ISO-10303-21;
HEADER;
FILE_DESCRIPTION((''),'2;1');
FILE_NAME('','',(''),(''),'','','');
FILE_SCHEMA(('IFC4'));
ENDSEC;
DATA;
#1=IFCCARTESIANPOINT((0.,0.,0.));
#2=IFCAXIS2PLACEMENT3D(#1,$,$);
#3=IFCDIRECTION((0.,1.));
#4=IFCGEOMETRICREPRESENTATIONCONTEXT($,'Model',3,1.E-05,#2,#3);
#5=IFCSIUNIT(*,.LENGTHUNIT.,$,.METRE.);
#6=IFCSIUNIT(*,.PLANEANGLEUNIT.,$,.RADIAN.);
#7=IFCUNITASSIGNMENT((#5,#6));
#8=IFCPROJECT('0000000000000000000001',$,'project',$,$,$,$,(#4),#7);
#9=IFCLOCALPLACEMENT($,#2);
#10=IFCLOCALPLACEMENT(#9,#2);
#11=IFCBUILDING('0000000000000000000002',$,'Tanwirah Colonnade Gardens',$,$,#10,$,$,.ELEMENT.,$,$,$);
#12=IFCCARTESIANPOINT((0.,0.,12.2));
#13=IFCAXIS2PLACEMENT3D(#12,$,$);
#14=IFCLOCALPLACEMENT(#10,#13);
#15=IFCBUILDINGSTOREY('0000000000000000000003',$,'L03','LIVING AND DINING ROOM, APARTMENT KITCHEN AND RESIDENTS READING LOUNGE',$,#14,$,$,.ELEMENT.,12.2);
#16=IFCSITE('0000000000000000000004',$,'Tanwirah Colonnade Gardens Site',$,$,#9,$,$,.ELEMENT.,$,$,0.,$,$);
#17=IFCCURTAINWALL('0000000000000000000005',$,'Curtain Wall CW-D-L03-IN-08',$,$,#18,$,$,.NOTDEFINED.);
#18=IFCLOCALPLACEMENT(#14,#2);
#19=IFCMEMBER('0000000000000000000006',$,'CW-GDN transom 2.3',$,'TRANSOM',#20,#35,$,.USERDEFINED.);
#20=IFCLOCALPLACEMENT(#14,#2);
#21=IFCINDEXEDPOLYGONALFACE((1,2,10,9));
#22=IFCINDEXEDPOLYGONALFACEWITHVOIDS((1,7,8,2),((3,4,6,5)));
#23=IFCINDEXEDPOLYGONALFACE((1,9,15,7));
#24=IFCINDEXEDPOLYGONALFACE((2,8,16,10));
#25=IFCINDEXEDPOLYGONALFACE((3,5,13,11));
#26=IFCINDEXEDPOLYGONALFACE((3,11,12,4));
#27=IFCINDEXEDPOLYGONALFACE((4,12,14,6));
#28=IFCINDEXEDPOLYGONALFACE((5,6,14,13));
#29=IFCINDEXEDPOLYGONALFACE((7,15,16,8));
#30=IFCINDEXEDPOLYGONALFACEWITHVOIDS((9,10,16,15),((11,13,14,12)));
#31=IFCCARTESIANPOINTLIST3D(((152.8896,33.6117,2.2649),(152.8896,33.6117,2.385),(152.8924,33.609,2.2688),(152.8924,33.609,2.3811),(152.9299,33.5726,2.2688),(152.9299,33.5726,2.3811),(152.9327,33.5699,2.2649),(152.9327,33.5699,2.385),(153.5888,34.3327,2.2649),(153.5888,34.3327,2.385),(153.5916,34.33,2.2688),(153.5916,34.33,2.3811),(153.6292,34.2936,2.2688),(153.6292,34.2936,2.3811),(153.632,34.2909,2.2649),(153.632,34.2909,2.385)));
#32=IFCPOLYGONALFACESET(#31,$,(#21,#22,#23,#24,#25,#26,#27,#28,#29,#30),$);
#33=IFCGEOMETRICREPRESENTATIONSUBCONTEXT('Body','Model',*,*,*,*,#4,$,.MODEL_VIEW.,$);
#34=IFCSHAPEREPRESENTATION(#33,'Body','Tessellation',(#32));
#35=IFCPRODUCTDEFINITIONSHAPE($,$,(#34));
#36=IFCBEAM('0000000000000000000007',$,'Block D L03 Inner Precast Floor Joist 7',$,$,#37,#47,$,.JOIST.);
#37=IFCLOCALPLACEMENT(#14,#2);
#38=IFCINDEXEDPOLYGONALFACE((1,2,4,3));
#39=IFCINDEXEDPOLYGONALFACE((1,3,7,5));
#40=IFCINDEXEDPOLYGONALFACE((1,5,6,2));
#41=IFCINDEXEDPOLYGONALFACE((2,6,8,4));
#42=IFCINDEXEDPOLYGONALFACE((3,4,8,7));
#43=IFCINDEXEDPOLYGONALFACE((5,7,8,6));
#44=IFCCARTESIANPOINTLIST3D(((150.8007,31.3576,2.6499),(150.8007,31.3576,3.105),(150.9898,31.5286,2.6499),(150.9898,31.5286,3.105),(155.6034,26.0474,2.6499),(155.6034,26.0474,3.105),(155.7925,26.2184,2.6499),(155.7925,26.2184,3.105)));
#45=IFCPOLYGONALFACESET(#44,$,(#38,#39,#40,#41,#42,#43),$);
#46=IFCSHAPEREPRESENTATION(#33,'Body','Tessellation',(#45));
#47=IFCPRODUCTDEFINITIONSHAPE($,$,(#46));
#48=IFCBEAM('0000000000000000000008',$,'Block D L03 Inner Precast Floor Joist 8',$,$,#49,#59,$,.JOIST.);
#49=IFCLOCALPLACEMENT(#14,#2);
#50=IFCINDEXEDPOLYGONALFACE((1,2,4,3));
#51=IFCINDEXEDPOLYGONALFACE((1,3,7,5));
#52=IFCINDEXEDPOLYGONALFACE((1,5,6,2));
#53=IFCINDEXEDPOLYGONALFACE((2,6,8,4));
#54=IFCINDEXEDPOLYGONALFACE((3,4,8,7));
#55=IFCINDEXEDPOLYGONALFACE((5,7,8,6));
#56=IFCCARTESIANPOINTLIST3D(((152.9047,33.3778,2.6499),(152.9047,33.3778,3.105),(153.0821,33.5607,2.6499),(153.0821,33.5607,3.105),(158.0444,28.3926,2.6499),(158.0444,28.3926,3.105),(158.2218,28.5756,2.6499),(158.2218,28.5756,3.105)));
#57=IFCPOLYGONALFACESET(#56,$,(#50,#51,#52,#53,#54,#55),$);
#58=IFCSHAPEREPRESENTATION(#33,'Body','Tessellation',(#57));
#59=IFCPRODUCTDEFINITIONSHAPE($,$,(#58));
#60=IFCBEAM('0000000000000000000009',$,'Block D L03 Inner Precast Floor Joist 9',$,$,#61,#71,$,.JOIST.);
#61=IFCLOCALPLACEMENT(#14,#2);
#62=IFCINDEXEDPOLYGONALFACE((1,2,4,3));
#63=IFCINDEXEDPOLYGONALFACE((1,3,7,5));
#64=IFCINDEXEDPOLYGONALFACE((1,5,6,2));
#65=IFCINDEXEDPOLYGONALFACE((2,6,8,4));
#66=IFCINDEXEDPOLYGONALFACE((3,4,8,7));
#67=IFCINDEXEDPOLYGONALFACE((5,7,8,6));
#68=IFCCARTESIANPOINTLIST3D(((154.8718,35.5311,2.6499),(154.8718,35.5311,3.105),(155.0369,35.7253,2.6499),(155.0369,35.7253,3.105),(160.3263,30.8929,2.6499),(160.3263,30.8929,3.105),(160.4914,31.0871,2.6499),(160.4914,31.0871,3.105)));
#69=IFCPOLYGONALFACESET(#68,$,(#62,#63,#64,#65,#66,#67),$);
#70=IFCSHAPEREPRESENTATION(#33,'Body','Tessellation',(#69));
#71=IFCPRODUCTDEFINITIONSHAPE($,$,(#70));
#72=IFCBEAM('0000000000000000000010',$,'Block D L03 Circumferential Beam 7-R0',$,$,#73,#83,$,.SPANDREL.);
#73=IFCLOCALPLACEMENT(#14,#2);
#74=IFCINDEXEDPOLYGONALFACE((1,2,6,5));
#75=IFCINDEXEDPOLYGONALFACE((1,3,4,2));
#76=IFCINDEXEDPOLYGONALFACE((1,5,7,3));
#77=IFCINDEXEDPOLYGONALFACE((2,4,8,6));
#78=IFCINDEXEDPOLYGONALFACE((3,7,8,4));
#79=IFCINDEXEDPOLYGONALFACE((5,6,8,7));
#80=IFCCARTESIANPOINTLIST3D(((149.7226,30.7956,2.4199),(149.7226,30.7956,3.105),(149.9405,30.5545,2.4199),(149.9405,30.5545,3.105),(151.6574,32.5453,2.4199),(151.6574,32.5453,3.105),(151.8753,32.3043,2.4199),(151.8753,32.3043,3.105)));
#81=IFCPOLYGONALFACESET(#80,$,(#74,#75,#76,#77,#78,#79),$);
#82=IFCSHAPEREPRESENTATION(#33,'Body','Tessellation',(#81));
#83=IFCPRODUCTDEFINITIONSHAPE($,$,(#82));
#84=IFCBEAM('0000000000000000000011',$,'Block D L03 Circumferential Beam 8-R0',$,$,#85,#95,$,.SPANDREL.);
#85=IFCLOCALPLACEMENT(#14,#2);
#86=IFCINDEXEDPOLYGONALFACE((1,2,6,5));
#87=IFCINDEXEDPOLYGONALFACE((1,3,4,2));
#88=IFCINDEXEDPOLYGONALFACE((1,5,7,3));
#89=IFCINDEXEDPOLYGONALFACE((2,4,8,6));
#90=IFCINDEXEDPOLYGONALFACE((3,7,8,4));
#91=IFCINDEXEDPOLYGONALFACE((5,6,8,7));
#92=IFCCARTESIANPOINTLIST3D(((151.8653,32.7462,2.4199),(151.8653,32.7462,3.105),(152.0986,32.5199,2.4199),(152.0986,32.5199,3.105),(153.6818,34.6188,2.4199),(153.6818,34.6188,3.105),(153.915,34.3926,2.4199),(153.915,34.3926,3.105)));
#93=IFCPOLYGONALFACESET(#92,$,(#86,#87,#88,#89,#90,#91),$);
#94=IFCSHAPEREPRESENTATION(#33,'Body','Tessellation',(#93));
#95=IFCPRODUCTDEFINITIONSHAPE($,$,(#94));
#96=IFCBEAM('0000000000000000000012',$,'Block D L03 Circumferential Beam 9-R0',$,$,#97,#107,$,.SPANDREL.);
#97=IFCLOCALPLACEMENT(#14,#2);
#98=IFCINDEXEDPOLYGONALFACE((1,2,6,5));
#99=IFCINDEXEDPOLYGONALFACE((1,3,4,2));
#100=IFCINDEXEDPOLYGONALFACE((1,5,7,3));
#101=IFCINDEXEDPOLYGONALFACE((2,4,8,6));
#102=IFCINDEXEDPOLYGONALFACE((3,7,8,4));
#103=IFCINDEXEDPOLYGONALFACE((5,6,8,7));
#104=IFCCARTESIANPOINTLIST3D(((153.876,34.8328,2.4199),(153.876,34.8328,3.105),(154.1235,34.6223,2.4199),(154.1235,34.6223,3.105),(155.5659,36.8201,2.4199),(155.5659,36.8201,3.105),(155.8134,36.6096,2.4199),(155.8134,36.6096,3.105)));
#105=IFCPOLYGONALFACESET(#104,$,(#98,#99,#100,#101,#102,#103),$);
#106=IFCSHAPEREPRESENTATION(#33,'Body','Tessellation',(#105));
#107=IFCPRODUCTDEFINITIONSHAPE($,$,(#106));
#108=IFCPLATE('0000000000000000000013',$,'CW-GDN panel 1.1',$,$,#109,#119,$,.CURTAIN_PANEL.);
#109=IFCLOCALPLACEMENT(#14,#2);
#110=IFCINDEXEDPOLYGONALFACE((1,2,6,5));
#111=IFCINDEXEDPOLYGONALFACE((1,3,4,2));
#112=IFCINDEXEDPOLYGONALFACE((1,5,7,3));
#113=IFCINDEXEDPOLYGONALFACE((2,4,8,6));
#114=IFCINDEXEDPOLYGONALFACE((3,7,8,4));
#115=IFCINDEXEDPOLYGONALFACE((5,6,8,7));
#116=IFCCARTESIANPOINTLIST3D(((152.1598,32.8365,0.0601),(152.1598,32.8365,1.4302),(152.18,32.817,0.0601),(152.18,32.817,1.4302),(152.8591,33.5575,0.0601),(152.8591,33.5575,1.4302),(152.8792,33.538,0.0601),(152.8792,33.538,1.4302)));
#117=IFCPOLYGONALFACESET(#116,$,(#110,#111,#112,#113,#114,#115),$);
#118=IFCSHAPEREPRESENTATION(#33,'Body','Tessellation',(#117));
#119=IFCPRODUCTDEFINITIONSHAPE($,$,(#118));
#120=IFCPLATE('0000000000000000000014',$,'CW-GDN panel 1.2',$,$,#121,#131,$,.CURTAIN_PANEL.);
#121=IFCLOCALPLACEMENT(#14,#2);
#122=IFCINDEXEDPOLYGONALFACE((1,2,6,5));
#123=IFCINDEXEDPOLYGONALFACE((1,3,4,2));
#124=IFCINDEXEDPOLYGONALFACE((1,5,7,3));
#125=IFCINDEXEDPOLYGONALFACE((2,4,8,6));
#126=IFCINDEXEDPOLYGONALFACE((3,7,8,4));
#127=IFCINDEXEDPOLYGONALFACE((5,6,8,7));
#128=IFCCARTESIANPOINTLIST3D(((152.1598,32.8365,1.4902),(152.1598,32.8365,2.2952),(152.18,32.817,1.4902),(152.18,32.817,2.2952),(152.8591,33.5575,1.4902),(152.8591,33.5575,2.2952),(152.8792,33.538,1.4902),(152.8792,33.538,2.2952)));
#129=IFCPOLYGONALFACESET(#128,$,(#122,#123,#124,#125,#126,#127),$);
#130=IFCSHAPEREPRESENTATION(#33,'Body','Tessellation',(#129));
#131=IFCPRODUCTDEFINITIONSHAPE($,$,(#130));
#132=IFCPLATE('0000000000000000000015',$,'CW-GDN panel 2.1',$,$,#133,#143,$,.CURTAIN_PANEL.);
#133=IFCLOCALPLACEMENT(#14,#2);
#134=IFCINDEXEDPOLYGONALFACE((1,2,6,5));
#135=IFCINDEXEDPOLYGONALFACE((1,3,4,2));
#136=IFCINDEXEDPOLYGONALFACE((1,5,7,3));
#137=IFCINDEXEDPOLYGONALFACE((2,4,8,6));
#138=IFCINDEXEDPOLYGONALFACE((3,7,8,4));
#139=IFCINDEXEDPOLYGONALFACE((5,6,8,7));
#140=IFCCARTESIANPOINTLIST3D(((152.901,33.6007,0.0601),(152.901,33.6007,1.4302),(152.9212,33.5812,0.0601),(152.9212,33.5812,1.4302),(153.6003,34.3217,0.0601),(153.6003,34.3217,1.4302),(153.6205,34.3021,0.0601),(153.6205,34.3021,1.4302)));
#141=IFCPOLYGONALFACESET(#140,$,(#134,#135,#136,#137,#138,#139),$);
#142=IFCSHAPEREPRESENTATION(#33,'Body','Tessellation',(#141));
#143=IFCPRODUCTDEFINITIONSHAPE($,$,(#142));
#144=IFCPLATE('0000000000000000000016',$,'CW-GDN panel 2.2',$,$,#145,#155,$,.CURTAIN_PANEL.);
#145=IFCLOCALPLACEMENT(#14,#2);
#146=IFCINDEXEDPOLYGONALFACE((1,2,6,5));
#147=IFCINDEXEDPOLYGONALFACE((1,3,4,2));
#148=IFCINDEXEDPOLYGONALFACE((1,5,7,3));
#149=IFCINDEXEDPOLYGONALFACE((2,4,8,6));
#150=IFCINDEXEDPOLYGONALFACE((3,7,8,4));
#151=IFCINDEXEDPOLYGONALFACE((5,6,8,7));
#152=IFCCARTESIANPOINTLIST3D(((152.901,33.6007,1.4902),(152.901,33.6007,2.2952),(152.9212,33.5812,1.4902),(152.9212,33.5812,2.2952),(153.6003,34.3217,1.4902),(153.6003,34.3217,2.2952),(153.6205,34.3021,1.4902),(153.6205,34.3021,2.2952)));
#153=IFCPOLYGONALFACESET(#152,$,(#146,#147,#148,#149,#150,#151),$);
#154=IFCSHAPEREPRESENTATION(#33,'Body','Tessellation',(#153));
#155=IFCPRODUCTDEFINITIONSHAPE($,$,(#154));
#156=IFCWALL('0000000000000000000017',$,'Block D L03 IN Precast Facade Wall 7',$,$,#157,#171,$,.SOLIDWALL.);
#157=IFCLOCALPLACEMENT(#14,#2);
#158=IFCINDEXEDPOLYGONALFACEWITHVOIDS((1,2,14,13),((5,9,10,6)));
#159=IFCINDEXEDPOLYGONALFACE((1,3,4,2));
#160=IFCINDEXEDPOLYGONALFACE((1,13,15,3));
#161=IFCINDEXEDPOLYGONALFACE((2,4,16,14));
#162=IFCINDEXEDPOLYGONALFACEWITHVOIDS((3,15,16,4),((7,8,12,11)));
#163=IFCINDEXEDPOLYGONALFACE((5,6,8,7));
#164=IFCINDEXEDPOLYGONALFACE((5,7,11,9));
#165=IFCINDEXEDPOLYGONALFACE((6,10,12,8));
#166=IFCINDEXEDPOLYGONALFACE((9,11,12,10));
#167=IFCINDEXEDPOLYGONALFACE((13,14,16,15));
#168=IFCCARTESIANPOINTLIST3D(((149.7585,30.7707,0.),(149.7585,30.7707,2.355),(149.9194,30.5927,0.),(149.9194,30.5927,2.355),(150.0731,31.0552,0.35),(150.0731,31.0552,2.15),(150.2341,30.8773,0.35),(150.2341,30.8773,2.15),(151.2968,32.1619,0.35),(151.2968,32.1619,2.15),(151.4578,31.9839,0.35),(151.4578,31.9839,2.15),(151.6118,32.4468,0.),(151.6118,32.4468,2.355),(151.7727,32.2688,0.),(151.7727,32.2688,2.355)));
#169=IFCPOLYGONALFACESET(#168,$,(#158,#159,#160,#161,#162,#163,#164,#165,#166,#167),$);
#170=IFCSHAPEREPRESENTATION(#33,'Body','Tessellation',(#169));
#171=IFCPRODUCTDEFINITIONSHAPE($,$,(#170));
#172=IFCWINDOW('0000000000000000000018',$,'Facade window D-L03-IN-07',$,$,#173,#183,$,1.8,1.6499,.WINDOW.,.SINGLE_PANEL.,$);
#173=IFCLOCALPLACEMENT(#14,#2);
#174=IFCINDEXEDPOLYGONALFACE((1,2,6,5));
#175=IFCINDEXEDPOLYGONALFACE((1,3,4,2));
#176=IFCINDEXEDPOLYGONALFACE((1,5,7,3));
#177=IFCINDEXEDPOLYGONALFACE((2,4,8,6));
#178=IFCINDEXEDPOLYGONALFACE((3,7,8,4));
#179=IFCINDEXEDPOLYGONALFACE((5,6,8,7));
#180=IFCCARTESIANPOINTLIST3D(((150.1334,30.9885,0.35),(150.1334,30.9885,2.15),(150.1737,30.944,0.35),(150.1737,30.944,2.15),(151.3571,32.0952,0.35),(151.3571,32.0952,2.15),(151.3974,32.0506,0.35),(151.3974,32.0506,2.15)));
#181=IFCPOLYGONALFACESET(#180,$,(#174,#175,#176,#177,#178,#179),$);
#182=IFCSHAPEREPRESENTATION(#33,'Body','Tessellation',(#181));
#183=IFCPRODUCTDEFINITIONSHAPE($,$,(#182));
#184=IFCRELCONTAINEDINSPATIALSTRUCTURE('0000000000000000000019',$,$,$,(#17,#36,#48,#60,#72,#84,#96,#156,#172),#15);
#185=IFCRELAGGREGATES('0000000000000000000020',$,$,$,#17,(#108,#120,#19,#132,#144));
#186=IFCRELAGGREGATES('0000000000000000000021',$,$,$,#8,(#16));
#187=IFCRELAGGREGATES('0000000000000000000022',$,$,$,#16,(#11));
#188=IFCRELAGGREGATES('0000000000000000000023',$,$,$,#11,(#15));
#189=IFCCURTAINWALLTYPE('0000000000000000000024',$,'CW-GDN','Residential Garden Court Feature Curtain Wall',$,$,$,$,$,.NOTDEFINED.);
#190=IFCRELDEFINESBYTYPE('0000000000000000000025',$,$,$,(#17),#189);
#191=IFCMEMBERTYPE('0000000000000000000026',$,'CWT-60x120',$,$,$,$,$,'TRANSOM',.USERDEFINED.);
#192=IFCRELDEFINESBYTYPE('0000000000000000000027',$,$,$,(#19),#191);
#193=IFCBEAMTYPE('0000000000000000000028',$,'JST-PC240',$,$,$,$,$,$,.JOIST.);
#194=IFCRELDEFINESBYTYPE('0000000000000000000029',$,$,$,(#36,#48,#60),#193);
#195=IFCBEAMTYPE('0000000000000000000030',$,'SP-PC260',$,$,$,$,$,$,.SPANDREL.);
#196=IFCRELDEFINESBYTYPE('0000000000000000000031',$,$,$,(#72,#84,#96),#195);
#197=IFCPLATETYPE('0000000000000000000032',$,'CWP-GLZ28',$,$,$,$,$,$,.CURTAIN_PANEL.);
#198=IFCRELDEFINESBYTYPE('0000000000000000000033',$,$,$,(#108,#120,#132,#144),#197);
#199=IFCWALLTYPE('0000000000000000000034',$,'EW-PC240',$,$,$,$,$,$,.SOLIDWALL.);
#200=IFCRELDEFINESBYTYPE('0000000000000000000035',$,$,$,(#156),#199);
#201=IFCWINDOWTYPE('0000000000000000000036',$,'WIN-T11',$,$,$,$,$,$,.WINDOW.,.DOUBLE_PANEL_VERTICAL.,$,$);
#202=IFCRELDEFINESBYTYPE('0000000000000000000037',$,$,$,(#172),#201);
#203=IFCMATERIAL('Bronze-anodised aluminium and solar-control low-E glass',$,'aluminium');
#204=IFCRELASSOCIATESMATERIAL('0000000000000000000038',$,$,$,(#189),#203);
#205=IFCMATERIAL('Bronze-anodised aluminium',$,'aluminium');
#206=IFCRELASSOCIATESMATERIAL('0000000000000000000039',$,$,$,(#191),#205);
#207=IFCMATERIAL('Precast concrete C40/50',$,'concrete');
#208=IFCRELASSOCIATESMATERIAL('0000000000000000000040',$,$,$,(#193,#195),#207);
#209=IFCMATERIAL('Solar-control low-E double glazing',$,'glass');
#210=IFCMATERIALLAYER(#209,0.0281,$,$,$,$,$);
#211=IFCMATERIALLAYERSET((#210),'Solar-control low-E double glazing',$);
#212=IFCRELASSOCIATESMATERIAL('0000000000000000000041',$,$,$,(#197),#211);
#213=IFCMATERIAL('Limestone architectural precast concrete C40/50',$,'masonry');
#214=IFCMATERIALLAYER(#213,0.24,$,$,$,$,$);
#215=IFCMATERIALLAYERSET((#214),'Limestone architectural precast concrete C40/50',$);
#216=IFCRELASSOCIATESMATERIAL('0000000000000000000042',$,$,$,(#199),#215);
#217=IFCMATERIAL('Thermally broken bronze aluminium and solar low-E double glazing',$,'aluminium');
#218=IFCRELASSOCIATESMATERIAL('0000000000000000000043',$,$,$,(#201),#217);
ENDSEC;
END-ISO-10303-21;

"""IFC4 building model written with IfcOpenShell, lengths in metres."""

from ifc_helpers import new_model, si_unit, direction, frame, frame_2d, origin, origin_2d, place, context, subcontext, project, spatial, rectangle, hollow_rectangle, extrude, material, layer, layer_set, material_profile, profile_set, type_object, element, fill, aggregate, save


model = new_model("IFC4")

# Units and contexts
model_context = context("Model", 3, precision=1e-05, world=origin(), true_north=direction((0.0, 1.0)))
body_context = subcontext(model_context, "Body", "Model", "MODEL_VIEW")
ifc_project = project(units=[si_unit("LENGTHUNIT", "METRE"), si_unit("PLANEANGLEUNIT", "RADIAN")], contexts=[model_context])

# Site, building, storey
site_placement = place(None, origin())
site = spatial("IfcSite", under=ifc_project, at=site_placement, Name="Tanwirah Colonnade Gardens Site", CompositionType="ELEMENT", RefElevation=0.0)
building_placement = place(site_placement, origin())
building = spatial("IfcBuilding", under=site, at=building_placement, Name="Tanwirah Colonnade Gardens", CompositionType="ELEMENT")
storey_placement = place(building_placement, frame((0.0, 0.0, 12.2)))
storey = spatial("IfcBuildingStorey", under=building, at=storey_placement, Name="L03", Description="LIVING AND DINING ROOM, APARTMENT KITCHEN AND RESIDENTS READING LOUNGE", CompositionType="ELEMENT", Elevation=12.2)

# Shared definitions
ifc_material_1 = material(Name="Precast concrete C40/50", Category="concrete")

# Curtain wall, member
ifc_material_2 = material(Name="Bronze-anodised aluminium and solar-control low-E glass", Category="aluminium")
curtain_wall_type = type_object("IfcCurtainWallType", Name="CW-GDN", Description="Residential Garden Court Feature Curtain Wall", PredefinedType="NOTDEFINED", material=ifc_material_2)
curtain_wall_placement = place(storey_placement, origin())
curtain_wall = element("IfcCurtainWall", 1, at=curtain_wall_placement, inside=storey, type_object=curtain_wall_type, Name="Curtain Wall CW-D-L03-IN-08", PredefinedType="NOTDEFINED")
ifc_material_3 = material(Name="Bronze-anodised aluminium", Category="aluminium")
ifc_material_profile_1 = material_profile(ifc_material_3, hollow_rectangle(XDim=0.0601, YDim=0.1201, WallThickness=0.0039, at=origin_2d()), Name="CW-TRN 60x120x4")
ifc_profile_set_1 = profile_set([ifc_material_profile_1], Name="Bronze-anodised aluminium")
member_type_1 = type_object("IfcMemberType", Name="CWT-60x120", ElementType="TRANSOM", PredefinedType="USERDEFINED", material=ifc_profile_set_1)
member_1_placement = place(storey_placement, frame((152.9111, 33.5908, 2.325), z_axis=(0.696207, 0.717841, 0.0), x_axis=(-0.717841, 0.696207, 0.0)))
member_1 = element("IfcMember", 2, at=member_1_placement, type_object=member_type_1, Name="CW-GDN transom 2.3", ObjectType="TRANSOM", PredefinedType="USERDEFINED", context=body_context, shape_type="SweptSolid", body=[
    extrude(hollow_rectangle(XDim=0.0601, YDim=0.1201, WallThickness=0.0039, at=origin_2d()), origin(), (0.0, 0.0, 1.0), 1.0044),
])

# Beams
ifc_material_profile_2 = material_profile(ifc_material_1, rectangle(XDim=0.2549, YDim=0.4551, at=origin_2d()), Name="PC-JST 255x455")
ifc_profile_set_2 = profile_set([ifc_material_profile_2], Name="Precast concrete C40/50")
beam_type_1 = type_object("IfcBeamType", Name="JST-PC240", PredefinedType="JOIST", material=ifc_profile_set_2)
beam_1_placement = place(storey_placement, frame((150.8953, 31.4431, 2.8774), z_axis=(0.670773, -0.741663, 0.0), x_axis=(0.741663, 0.670773, 0.0)))
element("IfcBeam", 3, at=beam_1_placement, inside=storey, type_object=beam_type_1, Name="Block D L03 Inner Precast Floor Joist 7", PredefinedType="JOIST", context=body_context, shape_type="SweptSolid", body=[
    extrude(rectangle(XDim=0.2549, YDim=0.4551, at=origin_2d()), origin(), (0.0, 0.0, 1.0), 7.1599),
])
beam_2_placement = place(storey_placement, frame((152.9934, 33.4692, 2.8774), z_axis=(0.717816, -0.696233, 0.0), x_axis=(0.696233, 0.717816, 0.0)))
element("IfcBeam", 4, at=beam_2_placement, inside=storey, type_object=beam_type_1, Name="Block D L03 Inner Precast Floor Joist 8", PredefinedType="JOIST", context=body_context, shape_type="SweptSolid", body=[
    extrude(rectangle(XDim=0.2549, YDim=0.4551, at=origin_2d()), origin(), (0.0, 0.0, 1.0), 7.1602),
])
beam_3_placement = place(storey_placement, frame((154.9543, 35.6282, 2.8774), z_axis=(0.761816, -0.647793, 0.0), x_axis=(0.647793, 0.761816, 0.0)))
element("IfcBeam", 5, at=beam_3_placement, inside=storey, type_object=beam_type_1, Name="Block D L03 Inner Precast Floor Joist 9", PredefinedType="JOIST", context=body_context, shape_type="SweptSolid", body=[
    extrude(rectangle(XDim=0.2549, YDim=0.4551, at=origin_2d()), origin(), (0.0, 0.0, 1.0), 7.1599),
])
ifc_material_profile_3 = material_profile(ifc_material_1, rectangle(XDim=0.325, YDim=0.6851, at=origin_2d()), Name="PC-SP 325x685")
ifc_profile_set_3 = profile_set([ifc_material_profile_3], Name="Precast concrete C40/50")
beam_type_2 = type_object("IfcBeamType", Name="SP-PC260", PredefinedType="SPANDREL", material=ifc_profile_set_3)
beam_4_placement = place(storey_placement, frame((149.8315, 30.675, 2.7625), z_axis=(0.741687, 0.670747, 0.0), x_axis=(-0.670747, 0.741687, 0.0)))
element("IfcBeam", 6, at=beam_4_placement, inside=storey, type_object=beam_type_2, Name="Block D L03 Circumferential Beam 7-R0", PredefinedType="SPANDREL", context=body_context, shape_type="SweptSolid", body=[
    extrude(rectangle(XDim=0.325, YDim=0.6851, at=origin_2d()), origin(), (0.0, 0.0, 1.0), 2.6086),
])
beam_5_placement = place(storey_placement, frame((151.9819, 32.6331, 2.7625), z_axis=(0.696263, 0.717787, 0.0), x_axis=(-0.717787, 0.696263, 0.0)))
element("IfcBeam", 7, at=beam_5_placement, inside=storey, type_object=beam_type_2, Name="Block D L03 Circumferential Beam 8-R0", PredefinedType="SPANDREL", context=body_context, shape_type="SweptSolid", body=[
    extrude(rectangle(XDim=0.325, YDim=0.6851, at=origin_2d()), origin(), (0.0, 0.0, 1.0), 2.6089),
])
beam_6_placement = place(storey_placement, frame((153.9998, 34.7275, 2.7625), z_axis=(0.647811, 0.761801, 0.0), x_axis=(-0.761801, 0.647811, 0.0)))
element("IfcBeam", 8, at=beam_6_placement, inside=storey, type_object=beam_type_2, Name="Block D L03 Circumferential Beam 9-R0", PredefinedType="SPANDREL", context=body_context, shape_type="SweptSolid", body=[
    extrude(rectangle(XDim=0.325, YDim=0.6851, at=origin_2d()), origin(), (0.0, 0.0, 1.0), 2.6086),
])

# Plates
ifc_material_4 = material(Name="Solar-control low-E double glazing", Category="glass")
ifc_layer_1 = layer(ifc_material_4, 0.0281)
ifc_layer_set_1 = layer_set([ifc_layer_1], Name="Solar-control low-E double glazing")
plate_type = type_object("IfcPlateType", Name="CWP-GLZ28", PredefinedType="CURTAIN_PANEL", material=ifc_layer_set_1)
plate_1_placement = place(storey_placement, frame((152.5195, 33.1873, 0.0601), z_axis=(0.0, 0.0, 1.0), x_axis=(0.696223, 0.717825, 0.0)))
plate_1 = element("IfcPlate", 9, at=plate_1_placement, type_object=plate_type, Name="CW-GDN panel 1.1", PredefinedType="CURTAIN_PANEL", context=body_context, shape_type="SweptSolid", body=[
    extrude(rectangle(XDim=1.0044, YDim=0.0281, at=origin_2d()), origin(), (0.0, 0.0, 1.0), 1.3701),
])
plate_2_placement = place(storey_placement, frame((152.5195, 33.1873, 1.4902), z_axis=(0.0, 0.0, 1.0), x_axis=(0.696223, 0.717825, 0.0)))
plate_2 = element("IfcPlate", 10, at=plate_2_placement, type_object=plate_type, Name="CW-GDN panel 1.2", PredefinedType="CURTAIN_PANEL", context=body_context, shape_type="SweptSolid", body=[
    extrude(rectangle(XDim=1.0044, YDim=0.0281, at=origin_2d()), origin(), (0.0, 0.0, 1.0), 0.8049),
])
plate_3_placement = place(storey_placement, frame((153.2607, 33.9514, 0.0601), z_axis=(0.0, 0.0, 1.0), x_axis=(0.696223, 0.717825, 0.0)))
plate_3 = element("IfcPlate", 11, at=plate_3_placement, type_object=plate_type, Name="CW-GDN panel 2.1", PredefinedType="CURTAIN_PANEL", context=body_context, shape_type="SweptSolid", body=[
    extrude(rectangle(XDim=1.0044, YDim=0.0281, at=origin_2d()), origin(), (0.0, 0.0, 1.0), 1.3701),
])
plate_4_placement = place(storey_placement, frame((153.2607, 33.9514, 1.4902), z_axis=(0.0, 0.0, 1.0), x_axis=(0.696223, 0.717825, 0.0)))
plate_4 = element("IfcPlate", 12, at=plate_4_placement, type_object=plate_type, Name="CW-GDN panel 2.2", PredefinedType="CURTAIN_PANEL", context=body_context, shape_type="SweptSolid", body=[
    extrude(rectangle(XDim=1.0044, YDim=0.0281, at=origin_2d()), origin(), (0.0, 0.0, 1.0), 0.8049),
])
aggregate(curtain_wall, [plate_1, plate_2, member_1, plate_3, plate_4])

# Wall, opening, window
ifc_material_5 = material(Name="Limestone architectural precast concrete C40/50", Category="masonry")
ifc_layer_2 = layer(ifc_material_5, 0.24)
ifc_layer_set_2 = layer_set([ifc_layer_2], Name="Limestone architectural precast concrete C40/50")
wall_type_1 = type_object("IfcWallType", Name="EW-PC240", PredefinedType="SOLIDWALL", material=ifc_layer_set_2)
wall_1_placement = place(storey_placement, frame((149.8389, 30.6816, 0.0), z_axis=(0.0, 0.0, 1.0), x_axis=(0.741684, 0.67075, 0.0)))
wall_1 = element("IfcWall", 13, at=wall_1_placement, inside=storey, type_object=wall_type_1, Name="Block D L03 IN Precast Facade Wall 7", PredefinedType="SOLIDWALL", context=body_context, shape_type="SweptSolid", body=[
    extrude(rectangle(XDim=2.4988, YDim=0.24, at=frame_2d((1.2495, 0.0))), origin(), (0.0, 0.0, 1.0), 2.355),
])
opening_1_placement = place(wall_1_placement, frame((0.4243, 0.0, 0.3501)))
opening_1 = element("IfcOpeningElement", 14, at=opening_1_placement, cuts=wall_1, PredefinedType="OPENING", context=body_context, shape_type="SweptSolid", body=[
    extrude(rectangle(XDim=1.6499, YDim=1.8, at=frame_2d((0.825, 0.8999))), frame((0.0, 0.1299, 0.0), z_axis=(0.0, -1.0, 0.0), x_axis=(1.0, 0.0, 0.0)), (0.0, 0.0, 1.0), 0.26),
])
ifc_material_6 = material(Name="Thermally broken bronze aluminium and solar low-E double glazing", Category="aluminium")
window_type = type_object("IfcWindowType", Name="WIN-T11", PartitioningType="DOUBLE_PANEL_VERTICAL", PredefinedType="WINDOW", material=ifc_material_6)
window_placement = place(opening_1_placement, origin())
window = element("IfcWindow", 15, at=window_placement, inside=storey, type_object=window_type, Name="Facade window D-L03-IN-07", OverallHeight=1.8, OverallWidth=1.6499, PartitioningType="SINGLE_PANEL", PredefinedType="WINDOW", context=body_context, shape_type="SweptSolid", body=[
    extrude(rectangle(XDim=1.6499, YDim=1.8, at=frame_2d((0.825, 0.8999))), frame((0.0, 0.03, 0.0), z_axis=(0.0, -1.0, 0.0), x_axis=(1.0, 0.0, 0.0)), (0.0, 0.0, 1.0), 0.0601),
])
fill(opening_1, window)

save(model, "model.ifc")
